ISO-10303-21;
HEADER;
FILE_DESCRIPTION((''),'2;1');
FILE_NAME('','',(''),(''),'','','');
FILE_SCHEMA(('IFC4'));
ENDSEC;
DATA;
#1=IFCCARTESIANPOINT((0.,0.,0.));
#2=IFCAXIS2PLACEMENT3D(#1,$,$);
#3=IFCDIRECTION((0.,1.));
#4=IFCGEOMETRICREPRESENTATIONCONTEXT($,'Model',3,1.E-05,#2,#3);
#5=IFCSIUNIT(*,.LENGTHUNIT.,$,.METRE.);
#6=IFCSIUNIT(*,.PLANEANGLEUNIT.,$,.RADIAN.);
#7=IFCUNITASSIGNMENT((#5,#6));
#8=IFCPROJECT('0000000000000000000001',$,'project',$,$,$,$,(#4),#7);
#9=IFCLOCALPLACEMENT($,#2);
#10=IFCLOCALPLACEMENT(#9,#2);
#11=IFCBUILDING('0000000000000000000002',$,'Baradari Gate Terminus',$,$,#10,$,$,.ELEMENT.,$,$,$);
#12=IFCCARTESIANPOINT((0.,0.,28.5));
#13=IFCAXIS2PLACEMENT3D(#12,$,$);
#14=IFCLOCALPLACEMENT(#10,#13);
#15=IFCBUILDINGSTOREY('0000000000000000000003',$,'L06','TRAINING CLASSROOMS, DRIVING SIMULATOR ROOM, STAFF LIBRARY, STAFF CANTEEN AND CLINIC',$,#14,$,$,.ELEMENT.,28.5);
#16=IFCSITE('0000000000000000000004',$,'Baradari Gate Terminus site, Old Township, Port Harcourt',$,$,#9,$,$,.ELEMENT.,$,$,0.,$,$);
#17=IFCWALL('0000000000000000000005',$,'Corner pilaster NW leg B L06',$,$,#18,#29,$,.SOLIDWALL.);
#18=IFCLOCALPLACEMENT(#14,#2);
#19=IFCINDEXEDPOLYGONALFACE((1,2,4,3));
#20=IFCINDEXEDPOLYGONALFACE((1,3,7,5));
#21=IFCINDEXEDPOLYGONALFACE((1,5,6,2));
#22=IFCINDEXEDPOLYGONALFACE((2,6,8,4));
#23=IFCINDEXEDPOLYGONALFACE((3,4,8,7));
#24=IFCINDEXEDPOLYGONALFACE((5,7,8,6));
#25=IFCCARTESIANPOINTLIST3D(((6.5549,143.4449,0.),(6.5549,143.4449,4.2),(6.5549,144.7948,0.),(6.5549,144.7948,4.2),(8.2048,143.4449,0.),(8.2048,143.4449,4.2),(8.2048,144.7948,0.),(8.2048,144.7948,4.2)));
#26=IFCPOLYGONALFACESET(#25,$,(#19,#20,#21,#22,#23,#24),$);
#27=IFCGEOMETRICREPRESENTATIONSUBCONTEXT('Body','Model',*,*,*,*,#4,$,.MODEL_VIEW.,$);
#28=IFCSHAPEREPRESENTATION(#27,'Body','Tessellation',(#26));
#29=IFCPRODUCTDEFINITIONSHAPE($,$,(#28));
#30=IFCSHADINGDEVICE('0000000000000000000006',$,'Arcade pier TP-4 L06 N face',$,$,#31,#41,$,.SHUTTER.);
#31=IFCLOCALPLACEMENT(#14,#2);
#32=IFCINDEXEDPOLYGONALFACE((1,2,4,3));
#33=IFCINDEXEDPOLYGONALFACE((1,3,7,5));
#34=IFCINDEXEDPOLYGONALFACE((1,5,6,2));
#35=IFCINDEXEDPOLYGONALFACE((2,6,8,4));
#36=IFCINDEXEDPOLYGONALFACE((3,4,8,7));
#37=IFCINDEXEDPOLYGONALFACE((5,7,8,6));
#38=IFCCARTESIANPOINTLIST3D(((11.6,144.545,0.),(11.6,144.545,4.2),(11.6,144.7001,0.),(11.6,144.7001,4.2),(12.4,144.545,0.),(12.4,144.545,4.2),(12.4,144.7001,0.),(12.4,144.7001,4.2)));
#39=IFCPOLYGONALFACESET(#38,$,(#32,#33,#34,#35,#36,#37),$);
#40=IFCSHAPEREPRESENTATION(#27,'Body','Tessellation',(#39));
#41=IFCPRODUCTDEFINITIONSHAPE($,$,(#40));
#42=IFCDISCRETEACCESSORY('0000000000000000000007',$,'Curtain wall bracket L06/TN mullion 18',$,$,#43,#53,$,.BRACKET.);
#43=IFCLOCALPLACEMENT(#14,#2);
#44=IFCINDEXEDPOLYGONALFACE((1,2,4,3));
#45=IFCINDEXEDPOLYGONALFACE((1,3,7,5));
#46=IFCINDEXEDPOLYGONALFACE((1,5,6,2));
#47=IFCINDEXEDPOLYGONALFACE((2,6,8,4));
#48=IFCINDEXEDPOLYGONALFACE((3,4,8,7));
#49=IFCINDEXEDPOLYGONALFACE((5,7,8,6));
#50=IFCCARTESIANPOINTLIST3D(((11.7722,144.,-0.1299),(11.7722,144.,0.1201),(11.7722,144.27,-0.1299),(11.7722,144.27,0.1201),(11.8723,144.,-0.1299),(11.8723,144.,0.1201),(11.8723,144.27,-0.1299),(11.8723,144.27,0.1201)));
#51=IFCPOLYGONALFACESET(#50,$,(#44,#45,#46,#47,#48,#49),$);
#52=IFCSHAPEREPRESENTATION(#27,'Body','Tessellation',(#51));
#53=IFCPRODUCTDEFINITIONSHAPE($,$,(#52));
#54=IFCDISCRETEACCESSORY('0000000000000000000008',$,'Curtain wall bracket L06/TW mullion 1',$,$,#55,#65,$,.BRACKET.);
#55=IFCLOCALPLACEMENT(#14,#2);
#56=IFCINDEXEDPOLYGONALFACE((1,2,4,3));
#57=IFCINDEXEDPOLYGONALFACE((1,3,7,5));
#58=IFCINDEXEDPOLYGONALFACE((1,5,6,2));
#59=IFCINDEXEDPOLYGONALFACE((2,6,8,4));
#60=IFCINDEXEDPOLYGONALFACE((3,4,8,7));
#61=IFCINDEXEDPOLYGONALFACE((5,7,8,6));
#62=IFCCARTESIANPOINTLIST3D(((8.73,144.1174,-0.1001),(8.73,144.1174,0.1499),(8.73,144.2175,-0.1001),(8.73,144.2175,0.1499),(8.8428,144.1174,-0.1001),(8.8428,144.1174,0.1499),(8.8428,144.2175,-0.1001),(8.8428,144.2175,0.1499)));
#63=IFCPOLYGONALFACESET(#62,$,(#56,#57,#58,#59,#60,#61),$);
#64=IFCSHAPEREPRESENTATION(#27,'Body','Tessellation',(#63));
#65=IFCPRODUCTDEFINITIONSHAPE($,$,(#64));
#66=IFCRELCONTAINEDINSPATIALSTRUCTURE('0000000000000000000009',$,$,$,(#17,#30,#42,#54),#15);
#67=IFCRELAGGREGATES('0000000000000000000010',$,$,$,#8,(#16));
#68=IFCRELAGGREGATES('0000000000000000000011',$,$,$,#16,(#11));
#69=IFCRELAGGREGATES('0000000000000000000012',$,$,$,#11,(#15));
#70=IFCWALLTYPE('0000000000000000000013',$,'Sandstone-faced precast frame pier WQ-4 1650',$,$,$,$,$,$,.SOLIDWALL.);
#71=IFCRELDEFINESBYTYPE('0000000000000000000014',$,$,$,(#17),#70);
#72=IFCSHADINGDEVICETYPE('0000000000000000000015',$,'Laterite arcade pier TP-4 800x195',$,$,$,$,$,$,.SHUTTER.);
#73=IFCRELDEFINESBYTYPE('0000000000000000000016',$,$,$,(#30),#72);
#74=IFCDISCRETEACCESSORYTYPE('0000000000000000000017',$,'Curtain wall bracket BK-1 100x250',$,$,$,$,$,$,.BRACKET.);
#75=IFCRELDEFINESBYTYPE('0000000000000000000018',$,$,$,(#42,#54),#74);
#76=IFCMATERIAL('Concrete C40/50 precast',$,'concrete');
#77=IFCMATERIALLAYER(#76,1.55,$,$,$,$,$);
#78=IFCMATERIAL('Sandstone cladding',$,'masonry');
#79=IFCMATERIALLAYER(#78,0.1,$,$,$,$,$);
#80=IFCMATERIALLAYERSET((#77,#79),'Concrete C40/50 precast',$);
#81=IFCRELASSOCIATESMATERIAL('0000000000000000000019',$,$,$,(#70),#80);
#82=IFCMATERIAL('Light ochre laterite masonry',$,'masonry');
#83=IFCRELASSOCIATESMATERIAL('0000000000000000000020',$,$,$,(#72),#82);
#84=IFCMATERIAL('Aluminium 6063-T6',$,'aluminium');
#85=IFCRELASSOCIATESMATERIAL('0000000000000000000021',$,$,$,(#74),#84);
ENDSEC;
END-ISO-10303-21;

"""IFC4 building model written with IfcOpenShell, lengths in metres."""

from ifc_helpers import new_model, si_unit, direction, frame, frame_2d, origin, origin_2d, place, context, subcontext, project, spatial, rectangle, extrude, material, layer, layer_set, type_object, element, save


model = new_model("IFC4")

# Units and contexts
model_context = context("Model", 3, precision=1e-05, world=origin(), true_north=direction((0.0, 1.0)))
body_context = subcontext(model_context, "Body", "Model", "MODEL_VIEW")
ifc_project = project(units=[si_unit("LENGTHUNIT", "METRE"), si_unit("PLANEANGLEUNIT", "RADIAN")], contexts=[model_context])

# Site, building, storey
site_placement = place(None, origin())
site = spatial("IfcSite", under=ifc_project, at=site_placement, Name="Baradari Gate Terminus site, Old Township, Port Harcourt", CompositionType="ELEMENT", RefElevation=0.0)
building_placement = place(site_placement, origin())
building = spatial("IfcBuilding", under=site, at=building_placement, Name="Baradari Gate Terminus", CompositionType="ELEMENT")
storey_placement = place(building_placement, frame((0.0, 0.0, 28.5)))
storey = spatial("IfcBuildingStorey", under=building, at=storey_placement, Name="L06", Description="TRAINING CLASSROOMS, DRIVING SIMULATOR ROOM, STAFF LIBRARY, STAFF CANTEEN AND CLINIC", CompositionType="ELEMENT", Elevation=28.5)

# Wall
ifc_material_1 = material(Name="Concrete C40/50 precast", Category="concrete")
ifc_layer_1 = layer(ifc_material_1, 1.55)
ifc_material_2 = material(Name="Sandstone cladding", Category="masonry")
ifc_layer_2 = layer(ifc_material_2, 0.1)
ifc_layer_set_1 = layer_set([ifc_layer_1, ifc_layer_2], Name="Concrete C40/50 precast")
wall_type = type_object("IfcWallType", Name="Sandstone-faced precast frame pier WQ-4 1650", PredefinedType="SOLIDWALL", material=ifc_layer_set_1)
wall_1_placement = place(storey_placement, frame((7.3799, 143.4451, 0.0), z_axis=(0.0, 0.0, 1.0), x_axis=(0.0, 1.0, 0.0)))
element("IfcWall", 1, at=wall_1_placement, inside=storey, type_object=wall_type, Name="Corner pilaster NW leg B L06", PredefinedType="SOLIDWALL", context=body_context, shape_type="SweptSolid", body=[
    extrude(rectangle(XDim=1.3499, YDim=1.6499, at=frame_2d((0.6748, 0.0))), origin(), (0.0, 0.0, 1.0), 4.2),
])

# Shading device
ifc_material_3 = material(Name="Light ochre laterite masonry", Category="masonry")
shading_device_type = type_object("IfcShadingDeviceType", Name="Laterite arcade pier TP-4 800x195", PredefinedType="SHUTTER", material=ifc_material_3)
shading_device_placement = place(storey_placement, frame((12.0, 144.6226, 0.0), z_axis=(0.0, 0.0, 1.0), x_axis=(-1.0, 0.0, 0.0)))
element("IfcShadingDevice", 2, at=shading_device_placement, inside=storey, type_object=shading_device_type, Name="Arcade pier TP-4 L06 N face", PredefinedType="SHUTTER", context=body_context, shape_type="SweptSolid", body=[
    extrude(rectangle(XDim=0.8, YDim=0.155, at=origin_2d()), origin(), (0.0, 0.0, 1.0), 4.2),
])

# Discrete accessories
ifc_material_4 = material(Name="Aluminium 6063-T6", Category="aluminium")
discrete_accessory_type = type_object("IfcDiscreteAccessoryType", Name="Curtain wall bracket BK-1 100x250", PredefinedType="BRACKET", material=ifc_material_4)
discrete_accessory_1_placement = place(storey_placement, frame((11.8223, 144.135, -0.1299), z_axis=(0.0, 0.0, 1.0), x_axis=(0.0, 1.0, 0.0)))
element("IfcDiscreteAccessory", 3, at=discrete_accessory_1_placement, inside=storey, type_object=discrete_accessory_type, Name="Curtain wall bracket L06/TN mullion 18", PredefinedType="BRACKET", context=body_context, shape_type="SweptSolid", body=[
    extrude(rectangle(XDim=0.27, YDim=0.1001, at=origin_2d()), origin(), (0.0, 0.0, 1.0), 0.25),
])
discrete_accessory_2_placement = place(storey_placement, frame((8.7864, 144.1675, -0.1001), z_axis=(0.0, 0.0, 1.0), x_axis=(-1.0, 0.0, 0.0)))
element("IfcDiscreteAccessory", 4, at=discrete_accessory_2_placement, inside=storey, type_object=discrete_accessory_type, Name="Curtain wall bracket L06/TW mullion 1", PredefinedType="BRACKET", context=body_context, shape_type="SweptSolid", body=[
    extrude(rectangle(XDim=0.1128, YDim=0.1001, at=origin_2d()), origin(), (0.0, 0.0, 1.0), 0.25),
])

save(model, "model.ifc")
